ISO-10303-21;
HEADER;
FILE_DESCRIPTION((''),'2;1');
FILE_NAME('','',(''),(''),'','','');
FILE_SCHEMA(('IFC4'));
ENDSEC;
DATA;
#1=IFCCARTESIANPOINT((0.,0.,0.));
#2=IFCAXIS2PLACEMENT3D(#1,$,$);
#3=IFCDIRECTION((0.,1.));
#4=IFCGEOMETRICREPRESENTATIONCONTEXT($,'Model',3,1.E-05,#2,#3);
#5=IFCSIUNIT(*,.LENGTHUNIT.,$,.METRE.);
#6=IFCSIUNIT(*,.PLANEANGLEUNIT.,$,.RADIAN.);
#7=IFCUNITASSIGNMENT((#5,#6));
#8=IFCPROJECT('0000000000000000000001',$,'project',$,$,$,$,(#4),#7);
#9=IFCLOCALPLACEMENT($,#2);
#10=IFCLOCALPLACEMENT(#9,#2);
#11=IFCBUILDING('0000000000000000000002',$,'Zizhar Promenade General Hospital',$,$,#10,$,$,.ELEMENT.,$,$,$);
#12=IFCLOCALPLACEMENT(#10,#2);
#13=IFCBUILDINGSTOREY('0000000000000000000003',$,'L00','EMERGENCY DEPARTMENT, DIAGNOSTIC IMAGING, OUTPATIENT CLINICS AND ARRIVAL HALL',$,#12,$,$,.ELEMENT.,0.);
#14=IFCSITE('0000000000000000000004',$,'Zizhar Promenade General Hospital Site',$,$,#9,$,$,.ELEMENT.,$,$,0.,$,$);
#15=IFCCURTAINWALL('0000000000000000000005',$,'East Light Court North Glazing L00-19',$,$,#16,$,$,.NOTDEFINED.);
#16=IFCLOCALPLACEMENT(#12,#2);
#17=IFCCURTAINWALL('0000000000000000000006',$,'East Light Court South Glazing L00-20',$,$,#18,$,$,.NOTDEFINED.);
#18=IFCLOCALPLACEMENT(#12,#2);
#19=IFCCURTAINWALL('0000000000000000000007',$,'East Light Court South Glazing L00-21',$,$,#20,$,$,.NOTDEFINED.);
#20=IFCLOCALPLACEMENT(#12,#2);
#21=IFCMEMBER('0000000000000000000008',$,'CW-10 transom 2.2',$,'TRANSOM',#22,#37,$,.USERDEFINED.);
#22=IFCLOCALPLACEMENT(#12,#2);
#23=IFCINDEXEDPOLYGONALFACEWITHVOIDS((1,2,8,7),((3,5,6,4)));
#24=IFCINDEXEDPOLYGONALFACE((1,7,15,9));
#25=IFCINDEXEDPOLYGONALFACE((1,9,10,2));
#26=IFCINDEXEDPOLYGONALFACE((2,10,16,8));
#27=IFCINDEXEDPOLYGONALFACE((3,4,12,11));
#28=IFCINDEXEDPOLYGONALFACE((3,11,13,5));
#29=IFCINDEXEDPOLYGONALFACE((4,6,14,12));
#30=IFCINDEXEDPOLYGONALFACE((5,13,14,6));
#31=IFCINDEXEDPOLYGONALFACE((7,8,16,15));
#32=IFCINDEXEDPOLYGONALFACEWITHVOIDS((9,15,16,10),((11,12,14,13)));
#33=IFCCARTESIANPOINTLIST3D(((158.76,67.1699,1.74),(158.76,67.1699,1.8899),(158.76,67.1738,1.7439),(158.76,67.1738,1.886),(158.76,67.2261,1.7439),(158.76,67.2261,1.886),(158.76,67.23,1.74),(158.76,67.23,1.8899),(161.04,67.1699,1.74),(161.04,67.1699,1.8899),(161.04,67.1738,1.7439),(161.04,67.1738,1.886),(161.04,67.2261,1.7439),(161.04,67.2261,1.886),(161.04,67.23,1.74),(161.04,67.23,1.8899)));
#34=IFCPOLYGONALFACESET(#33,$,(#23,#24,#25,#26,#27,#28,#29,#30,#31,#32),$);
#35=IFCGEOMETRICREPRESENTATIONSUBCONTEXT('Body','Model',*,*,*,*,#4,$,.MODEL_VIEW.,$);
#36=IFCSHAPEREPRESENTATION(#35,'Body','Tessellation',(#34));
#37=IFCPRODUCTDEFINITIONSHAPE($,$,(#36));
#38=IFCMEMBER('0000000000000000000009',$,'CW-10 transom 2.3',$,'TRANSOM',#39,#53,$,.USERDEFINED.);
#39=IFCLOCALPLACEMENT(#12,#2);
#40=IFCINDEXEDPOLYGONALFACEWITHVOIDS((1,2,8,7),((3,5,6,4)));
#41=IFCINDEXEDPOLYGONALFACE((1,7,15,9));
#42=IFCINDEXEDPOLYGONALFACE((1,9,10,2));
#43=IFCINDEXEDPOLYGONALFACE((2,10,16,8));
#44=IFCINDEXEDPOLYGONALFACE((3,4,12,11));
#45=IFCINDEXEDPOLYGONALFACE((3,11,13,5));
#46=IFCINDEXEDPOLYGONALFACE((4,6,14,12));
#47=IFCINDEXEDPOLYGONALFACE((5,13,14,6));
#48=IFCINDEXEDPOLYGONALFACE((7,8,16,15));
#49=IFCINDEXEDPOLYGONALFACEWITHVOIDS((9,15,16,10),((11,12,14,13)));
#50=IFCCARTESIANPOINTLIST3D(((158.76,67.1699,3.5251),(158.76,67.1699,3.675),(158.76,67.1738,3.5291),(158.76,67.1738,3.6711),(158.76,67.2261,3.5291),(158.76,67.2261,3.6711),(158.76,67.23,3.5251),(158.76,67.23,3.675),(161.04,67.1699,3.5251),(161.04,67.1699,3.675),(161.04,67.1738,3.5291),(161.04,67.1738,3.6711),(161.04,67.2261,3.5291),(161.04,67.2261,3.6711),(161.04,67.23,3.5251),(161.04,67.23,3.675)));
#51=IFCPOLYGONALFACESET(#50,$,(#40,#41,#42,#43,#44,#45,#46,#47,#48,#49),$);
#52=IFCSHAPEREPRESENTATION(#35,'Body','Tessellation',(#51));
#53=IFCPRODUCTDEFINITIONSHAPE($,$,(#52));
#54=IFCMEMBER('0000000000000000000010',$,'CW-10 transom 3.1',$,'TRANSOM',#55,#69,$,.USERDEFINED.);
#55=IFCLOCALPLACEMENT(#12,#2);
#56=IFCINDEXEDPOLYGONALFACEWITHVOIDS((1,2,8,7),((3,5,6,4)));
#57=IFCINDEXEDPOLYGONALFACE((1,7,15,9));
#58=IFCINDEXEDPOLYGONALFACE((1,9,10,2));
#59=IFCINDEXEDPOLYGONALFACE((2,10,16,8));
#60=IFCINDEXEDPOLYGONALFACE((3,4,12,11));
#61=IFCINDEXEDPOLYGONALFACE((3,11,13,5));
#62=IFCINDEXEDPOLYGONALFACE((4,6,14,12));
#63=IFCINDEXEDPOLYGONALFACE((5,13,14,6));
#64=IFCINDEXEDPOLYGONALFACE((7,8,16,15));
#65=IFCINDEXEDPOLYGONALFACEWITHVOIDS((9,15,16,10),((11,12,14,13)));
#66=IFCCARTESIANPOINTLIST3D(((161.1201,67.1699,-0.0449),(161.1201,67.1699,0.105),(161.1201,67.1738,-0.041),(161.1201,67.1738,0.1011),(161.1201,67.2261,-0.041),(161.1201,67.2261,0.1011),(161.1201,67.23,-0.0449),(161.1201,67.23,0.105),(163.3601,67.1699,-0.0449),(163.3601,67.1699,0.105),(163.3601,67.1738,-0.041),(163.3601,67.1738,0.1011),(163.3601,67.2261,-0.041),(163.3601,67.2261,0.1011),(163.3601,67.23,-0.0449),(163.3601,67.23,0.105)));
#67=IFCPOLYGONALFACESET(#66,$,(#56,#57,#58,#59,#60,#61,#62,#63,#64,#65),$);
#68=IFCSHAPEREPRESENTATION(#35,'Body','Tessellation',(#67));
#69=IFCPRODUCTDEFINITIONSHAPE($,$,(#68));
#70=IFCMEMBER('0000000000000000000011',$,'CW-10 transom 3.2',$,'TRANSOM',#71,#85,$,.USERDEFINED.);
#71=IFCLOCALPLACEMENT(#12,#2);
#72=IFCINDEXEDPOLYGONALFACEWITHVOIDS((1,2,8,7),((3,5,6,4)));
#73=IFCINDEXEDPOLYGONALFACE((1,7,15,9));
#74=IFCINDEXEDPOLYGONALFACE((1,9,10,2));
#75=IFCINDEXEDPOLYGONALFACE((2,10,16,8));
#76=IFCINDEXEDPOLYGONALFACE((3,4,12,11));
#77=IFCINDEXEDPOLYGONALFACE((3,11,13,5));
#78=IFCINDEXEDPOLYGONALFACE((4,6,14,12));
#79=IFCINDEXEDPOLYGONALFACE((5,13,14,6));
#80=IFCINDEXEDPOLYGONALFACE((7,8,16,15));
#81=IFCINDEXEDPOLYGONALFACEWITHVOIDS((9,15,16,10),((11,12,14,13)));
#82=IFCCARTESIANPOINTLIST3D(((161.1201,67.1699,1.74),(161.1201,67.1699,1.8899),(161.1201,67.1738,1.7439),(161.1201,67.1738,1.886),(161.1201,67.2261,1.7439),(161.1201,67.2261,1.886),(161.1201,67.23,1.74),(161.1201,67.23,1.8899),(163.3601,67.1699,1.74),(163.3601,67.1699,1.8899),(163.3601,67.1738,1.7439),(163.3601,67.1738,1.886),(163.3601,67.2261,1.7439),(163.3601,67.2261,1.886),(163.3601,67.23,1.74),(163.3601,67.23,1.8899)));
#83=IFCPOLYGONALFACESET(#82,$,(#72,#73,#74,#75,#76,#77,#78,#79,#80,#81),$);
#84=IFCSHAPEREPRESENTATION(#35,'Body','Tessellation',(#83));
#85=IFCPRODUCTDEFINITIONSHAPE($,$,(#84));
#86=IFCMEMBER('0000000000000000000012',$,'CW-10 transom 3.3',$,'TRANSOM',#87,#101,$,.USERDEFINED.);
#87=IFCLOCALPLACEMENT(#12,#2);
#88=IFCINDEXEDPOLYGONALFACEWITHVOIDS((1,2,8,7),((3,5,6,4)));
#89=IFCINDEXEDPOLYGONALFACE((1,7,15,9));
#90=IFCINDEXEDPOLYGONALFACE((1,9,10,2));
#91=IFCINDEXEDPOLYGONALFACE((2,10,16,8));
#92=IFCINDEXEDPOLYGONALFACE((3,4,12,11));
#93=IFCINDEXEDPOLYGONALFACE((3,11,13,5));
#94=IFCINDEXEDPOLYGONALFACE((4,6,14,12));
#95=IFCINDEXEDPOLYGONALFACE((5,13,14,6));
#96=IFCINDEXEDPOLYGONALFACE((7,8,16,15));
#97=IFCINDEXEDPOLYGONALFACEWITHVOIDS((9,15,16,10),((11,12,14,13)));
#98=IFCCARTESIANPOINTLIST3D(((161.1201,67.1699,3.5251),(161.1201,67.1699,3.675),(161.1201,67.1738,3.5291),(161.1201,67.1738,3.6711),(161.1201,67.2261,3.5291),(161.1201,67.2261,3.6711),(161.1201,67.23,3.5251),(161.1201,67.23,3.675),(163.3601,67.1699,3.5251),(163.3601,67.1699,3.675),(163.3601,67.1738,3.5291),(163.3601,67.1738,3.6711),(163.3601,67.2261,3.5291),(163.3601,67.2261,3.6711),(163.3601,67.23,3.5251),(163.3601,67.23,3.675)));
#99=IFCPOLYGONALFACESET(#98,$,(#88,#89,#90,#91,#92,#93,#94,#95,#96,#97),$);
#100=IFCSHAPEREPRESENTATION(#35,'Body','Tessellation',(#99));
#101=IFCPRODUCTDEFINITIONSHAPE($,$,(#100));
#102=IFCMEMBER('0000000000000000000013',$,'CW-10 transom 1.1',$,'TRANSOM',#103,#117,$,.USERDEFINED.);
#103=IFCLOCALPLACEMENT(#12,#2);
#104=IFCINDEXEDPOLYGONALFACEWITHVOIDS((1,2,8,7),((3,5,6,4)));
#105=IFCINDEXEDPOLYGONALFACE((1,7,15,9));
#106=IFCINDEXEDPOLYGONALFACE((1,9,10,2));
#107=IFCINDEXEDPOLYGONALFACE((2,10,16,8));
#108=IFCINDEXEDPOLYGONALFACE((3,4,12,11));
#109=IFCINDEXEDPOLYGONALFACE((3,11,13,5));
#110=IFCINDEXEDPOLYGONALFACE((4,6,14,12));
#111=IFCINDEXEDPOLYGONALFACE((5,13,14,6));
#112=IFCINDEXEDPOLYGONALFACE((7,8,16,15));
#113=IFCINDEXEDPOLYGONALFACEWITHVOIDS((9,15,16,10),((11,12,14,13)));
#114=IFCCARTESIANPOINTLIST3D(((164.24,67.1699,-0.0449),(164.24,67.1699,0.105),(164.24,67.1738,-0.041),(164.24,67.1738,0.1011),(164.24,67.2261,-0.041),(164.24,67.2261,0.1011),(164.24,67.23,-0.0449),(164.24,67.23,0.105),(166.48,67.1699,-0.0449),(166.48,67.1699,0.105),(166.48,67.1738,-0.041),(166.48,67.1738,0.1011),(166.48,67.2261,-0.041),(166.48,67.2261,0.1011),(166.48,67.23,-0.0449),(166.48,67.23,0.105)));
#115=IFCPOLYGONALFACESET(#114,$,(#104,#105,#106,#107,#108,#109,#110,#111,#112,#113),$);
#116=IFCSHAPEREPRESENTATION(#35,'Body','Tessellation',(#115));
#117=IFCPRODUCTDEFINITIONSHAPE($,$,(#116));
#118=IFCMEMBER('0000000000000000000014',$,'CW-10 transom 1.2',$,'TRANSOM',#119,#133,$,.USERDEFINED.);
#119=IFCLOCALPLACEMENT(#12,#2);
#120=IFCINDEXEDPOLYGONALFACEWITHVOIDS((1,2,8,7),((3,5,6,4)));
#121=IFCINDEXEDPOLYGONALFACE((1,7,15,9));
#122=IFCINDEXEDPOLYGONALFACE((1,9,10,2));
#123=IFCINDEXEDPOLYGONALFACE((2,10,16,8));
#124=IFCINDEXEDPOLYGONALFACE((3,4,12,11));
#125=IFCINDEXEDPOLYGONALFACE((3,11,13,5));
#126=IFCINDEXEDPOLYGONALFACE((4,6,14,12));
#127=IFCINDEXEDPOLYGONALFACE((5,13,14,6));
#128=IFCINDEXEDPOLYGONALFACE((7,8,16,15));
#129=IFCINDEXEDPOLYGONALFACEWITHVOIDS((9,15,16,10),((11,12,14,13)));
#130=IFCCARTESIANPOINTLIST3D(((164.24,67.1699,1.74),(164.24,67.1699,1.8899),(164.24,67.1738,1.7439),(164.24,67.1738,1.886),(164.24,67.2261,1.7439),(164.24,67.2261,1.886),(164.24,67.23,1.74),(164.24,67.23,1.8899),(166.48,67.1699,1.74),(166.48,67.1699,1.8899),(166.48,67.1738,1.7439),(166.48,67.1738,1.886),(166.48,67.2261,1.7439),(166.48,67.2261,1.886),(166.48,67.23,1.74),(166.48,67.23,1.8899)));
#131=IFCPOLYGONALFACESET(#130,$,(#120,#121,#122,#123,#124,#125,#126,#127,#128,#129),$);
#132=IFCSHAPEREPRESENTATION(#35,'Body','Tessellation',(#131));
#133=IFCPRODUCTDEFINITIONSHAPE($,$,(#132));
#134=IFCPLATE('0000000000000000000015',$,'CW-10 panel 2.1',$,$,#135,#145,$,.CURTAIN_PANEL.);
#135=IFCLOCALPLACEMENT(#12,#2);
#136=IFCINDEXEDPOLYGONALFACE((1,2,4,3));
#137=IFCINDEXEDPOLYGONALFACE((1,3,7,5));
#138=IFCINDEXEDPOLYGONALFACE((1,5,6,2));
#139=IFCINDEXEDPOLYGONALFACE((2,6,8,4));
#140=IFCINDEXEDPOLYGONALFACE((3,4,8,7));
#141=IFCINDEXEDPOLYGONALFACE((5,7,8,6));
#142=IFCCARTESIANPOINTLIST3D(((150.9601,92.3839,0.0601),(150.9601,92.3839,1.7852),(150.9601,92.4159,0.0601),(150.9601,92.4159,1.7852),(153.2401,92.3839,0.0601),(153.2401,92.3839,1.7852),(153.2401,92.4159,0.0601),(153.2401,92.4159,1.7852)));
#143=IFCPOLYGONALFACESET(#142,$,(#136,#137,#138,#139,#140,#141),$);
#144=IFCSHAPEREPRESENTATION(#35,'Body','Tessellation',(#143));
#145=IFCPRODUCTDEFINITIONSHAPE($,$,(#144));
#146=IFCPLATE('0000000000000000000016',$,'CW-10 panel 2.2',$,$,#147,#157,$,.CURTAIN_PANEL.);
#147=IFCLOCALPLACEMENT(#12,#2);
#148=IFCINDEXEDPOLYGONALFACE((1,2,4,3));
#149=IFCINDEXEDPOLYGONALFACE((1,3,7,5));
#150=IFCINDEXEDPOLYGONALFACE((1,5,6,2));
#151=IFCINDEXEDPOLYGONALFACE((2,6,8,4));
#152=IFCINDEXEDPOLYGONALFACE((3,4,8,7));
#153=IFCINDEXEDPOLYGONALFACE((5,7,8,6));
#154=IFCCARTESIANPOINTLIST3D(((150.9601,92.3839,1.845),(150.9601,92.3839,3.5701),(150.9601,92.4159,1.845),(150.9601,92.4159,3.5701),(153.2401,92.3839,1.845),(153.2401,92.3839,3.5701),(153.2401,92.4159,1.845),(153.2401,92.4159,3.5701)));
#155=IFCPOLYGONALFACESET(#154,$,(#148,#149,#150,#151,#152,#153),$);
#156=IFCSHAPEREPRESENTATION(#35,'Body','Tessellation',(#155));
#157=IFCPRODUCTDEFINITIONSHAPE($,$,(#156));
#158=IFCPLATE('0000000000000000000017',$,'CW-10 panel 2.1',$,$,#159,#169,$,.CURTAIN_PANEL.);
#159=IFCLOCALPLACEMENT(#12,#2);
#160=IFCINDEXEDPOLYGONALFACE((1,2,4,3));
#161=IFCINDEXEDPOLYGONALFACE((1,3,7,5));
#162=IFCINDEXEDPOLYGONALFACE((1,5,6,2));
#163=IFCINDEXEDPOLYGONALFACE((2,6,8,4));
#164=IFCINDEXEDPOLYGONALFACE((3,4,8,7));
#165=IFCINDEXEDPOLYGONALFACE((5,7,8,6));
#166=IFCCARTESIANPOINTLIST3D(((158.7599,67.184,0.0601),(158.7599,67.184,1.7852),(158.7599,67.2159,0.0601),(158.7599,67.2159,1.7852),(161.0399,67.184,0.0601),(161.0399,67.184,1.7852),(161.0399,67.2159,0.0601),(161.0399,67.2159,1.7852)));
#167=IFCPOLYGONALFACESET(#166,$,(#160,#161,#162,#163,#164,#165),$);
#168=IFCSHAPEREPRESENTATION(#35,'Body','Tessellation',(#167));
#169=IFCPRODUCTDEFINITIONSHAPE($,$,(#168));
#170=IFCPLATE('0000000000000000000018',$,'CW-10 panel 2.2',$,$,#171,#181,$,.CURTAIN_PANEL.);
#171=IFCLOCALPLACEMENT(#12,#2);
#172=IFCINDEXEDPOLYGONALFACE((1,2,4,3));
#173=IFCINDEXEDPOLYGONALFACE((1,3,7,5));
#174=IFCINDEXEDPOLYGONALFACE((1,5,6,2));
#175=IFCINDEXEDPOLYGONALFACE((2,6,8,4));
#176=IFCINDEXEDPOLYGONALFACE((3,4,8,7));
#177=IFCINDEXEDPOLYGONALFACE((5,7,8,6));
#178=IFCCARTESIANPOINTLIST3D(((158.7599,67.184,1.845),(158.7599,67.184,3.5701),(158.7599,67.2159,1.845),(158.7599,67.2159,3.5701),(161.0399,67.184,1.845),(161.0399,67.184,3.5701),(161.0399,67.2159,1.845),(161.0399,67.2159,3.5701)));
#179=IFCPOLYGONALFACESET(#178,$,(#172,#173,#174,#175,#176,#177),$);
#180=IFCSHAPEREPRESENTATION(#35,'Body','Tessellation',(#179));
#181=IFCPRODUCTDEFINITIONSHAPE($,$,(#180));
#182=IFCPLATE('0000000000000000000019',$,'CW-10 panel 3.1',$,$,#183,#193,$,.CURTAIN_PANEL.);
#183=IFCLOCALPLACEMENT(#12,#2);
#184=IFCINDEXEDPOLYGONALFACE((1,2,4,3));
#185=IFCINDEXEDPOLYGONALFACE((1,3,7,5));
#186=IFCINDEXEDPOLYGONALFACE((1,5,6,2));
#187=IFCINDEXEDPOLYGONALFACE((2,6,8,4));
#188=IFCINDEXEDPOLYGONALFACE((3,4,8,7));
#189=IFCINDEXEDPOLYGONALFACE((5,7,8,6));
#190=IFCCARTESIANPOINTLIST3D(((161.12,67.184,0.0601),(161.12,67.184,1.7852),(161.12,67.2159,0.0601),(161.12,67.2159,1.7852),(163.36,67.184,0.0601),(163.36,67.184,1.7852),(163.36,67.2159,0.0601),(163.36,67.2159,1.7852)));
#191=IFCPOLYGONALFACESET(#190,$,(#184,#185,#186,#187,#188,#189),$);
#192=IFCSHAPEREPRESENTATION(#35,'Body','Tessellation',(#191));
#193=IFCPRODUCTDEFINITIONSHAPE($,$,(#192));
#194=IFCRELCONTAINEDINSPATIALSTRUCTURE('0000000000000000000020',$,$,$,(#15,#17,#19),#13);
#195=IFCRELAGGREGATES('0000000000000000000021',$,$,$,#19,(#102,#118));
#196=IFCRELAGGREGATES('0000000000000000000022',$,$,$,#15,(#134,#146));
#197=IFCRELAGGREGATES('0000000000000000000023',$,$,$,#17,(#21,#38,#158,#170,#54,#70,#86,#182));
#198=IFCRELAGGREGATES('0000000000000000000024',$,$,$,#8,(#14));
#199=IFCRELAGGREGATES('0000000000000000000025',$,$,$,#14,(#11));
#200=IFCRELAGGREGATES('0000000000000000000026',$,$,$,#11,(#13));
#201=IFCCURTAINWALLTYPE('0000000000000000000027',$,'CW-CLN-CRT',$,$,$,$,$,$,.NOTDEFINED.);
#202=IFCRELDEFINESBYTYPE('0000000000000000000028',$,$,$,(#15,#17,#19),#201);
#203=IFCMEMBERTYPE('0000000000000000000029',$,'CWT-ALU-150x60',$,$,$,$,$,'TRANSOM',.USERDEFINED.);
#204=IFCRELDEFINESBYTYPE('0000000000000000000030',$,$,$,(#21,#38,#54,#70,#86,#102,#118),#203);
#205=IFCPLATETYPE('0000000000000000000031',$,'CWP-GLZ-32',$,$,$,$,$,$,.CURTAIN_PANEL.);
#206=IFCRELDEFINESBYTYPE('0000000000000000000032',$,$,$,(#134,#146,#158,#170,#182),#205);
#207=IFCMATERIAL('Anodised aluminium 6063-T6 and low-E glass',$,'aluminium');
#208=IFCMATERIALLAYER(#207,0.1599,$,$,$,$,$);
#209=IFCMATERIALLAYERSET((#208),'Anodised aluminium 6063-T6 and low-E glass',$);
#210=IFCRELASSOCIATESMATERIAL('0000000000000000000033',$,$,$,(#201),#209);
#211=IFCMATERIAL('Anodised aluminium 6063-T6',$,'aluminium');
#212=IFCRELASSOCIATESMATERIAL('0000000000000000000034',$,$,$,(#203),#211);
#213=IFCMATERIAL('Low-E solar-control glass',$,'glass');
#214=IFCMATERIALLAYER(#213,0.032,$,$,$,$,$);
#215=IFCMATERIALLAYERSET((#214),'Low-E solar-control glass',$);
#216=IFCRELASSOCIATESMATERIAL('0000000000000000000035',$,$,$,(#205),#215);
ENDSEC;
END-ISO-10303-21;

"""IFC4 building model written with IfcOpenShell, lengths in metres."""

from ifc_helpers import new_model, si_unit, direction, frame, origin, origin_2d, place, context, subcontext, project, spatial, rectangle, hollow_rectangle, extrude, material, layer, layer_set, material_profile, profile_set, type_object, element, aggregate, save


model = new_model("IFC4")

# Units and contexts
model_context = context("Model", 3, precision=1e-05, world=origin(), true_north=direction((0.0, 1.0)))
body_context = subcontext(model_context, "Body", "Model", "MODEL_VIEW")
ifc_project = project(units=[si_unit("LENGTHUNIT", "METRE"), si_unit("PLANEANGLEUNIT", "RADIAN")], contexts=[model_context])

# Site, building, storey
site_placement = place(None, origin())
site = spatial("IfcSite", under=ifc_project, at=site_placement, Name="Zizhar Promenade General Hospital Site", CompositionType="ELEMENT", RefElevation=0.0)
building_placement = place(site_placement, origin())
building = spatial("IfcBuilding", under=site, at=building_placement, Name="Zizhar Promenade General Hospital", CompositionType="ELEMENT")
storey_placement = place(building_placement, origin())
storey = spatial("IfcBuildingStorey", under=building, at=storey_placement, Name="L00", Description="EMERGENCY DEPARTMENT, DIAGNOSTIC IMAGING, OUTPATIENT CLINICS AND ARRIVAL HALL", CompositionType="ELEMENT", Elevation=0.0)

# Curtain wall
ifc_material_1 = material(Name="Anodised aluminium 6063-T6 and low-E glass", Category="aluminium")
ifc_layer_1 = layer(ifc_material_1, 0.1599)
ifc_layer_set_1 = layer_set([ifc_layer_1], Name="Anodised aluminium 6063-T6 and low-E glass")
curtain_wall_type = type_object("IfcCurtainWallType", Name="CW-CLN-CRT", PredefinedType="NOTDEFINED", material=ifc_layer_set_1)
curtain_wall_1_placement = place(storey_placement, origin())
curtain_wall_1 = element("IfcCurtainWall", 1, at=curtain_wall_1_placement, inside=storey, type_object=curtain_wall_type, Name="East Light Court North Glazing L00-19", PredefinedType="NOTDEFINED")

# Curtain wall
curtain_wall_2_placement = place(storey_placement, origin())
curtain_wall_2 = element("IfcCurtainWall", 2, at=curtain_wall_2_placement, inside=storey, type_object=curtain_wall_type, Name="East Light Court South Glazing L00-20", PredefinedType="NOTDEFINED")

# Curtain wall
curtain_wall_3_placement = place(storey_placement, origin())
curtain_wall_3 = element("IfcCurtainWall", 3, at=curtain_wall_3_placement, inside=storey, type_object=curtain_wall_type, Name="East Light Court South Glazing L00-21", PredefinedType="NOTDEFINED")

# Members
ifc_material_2 = material(Name="Anodised aluminium 6063-T6", Category="aluminium")
ifc_material_profile_1 = material_profile(ifc_material_2, hollow_rectangle(XDim=0.0601, YDim=0.1499, WallThickness=0.0039, at=origin_2d()))
ifc_profile_set_1 = profile_set([ifc_material_profile_1], Name="Anodised aluminium 6063-T6")
member_type_1 = type_object("IfcMemberType", Name="CWT-ALU-150x60", ElementType="TRANSOM", PredefinedType="USERDEFINED", material=ifc_profile_set_1)
member_1_placement = place(storey_placement, frame((158.76, 67.2, 1.8149), z_axis=(1.0, 0.0, 0.0), x_axis=(0.0, 1.0, 0.0)))
member_1 = element("IfcMember", 4, at=member_1_placement, type_object=member_type_1, Name="CW-10 transom 2.2", ObjectType="TRANSOM", PredefinedType="USERDEFINED", context=body_context, shape_type="SweptSolid", body=[
    extrude(hollow_rectangle(XDim=0.0601, YDim=0.1499, WallThickness=0.0039, at=origin_2d()), origin(), (0.0, 0.0, 1.0), 2.28),
])
member_2_placement = place(storey_placement, frame((158.76, 67.2, 3.6001), z_axis=(1.0, 0.0, 0.0), x_axis=(0.0, 1.0, 0.0)))
member_2 = element("IfcMember", 5, at=member_2_placement, type_object=member_type_1, Name="CW-10 transom 2.3", ObjectType="TRANSOM", PredefinedType="USERDEFINED", context=body_context, shape_type="SweptSolid", body=[
    extrude(hollow_rectangle(XDim=0.0601, YDim=0.1499, WallThickness=0.0039, at=origin_2d()), origin(), (0.0, 0.0, 1.0), 2.28),
])
member_3_placement = place(storey_placement, frame((161.1201, 67.2, 0.03), z_axis=(1.0, 0.0, 0.0), x_axis=(0.0, 1.0, 0.0)))
member_3 = element("IfcMember", 6, at=member_3_placement, type_object=member_type_1, Name="CW-10 transom 3.1", ObjectType="TRANSOM", PredefinedType="USERDEFINED", context=body_context, shape_type="SweptSolid", body=[
    extrude(hollow_rectangle(XDim=0.0601, YDim=0.1499, WallThickness=0.0039, at=origin_2d()), origin(), (0.0, 0.0, 1.0), 2.24),
])
member_4_placement = place(storey_placement, frame((161.1201, 67.2, 1.8149), z_axis=(1.0, 0.0, 0.0), x_axis=(0.0, 1.0, 0.0)))
member_4 = element("IfcMember", 7, at=member_4_placement, type_object=member_type_1, Name="CW-10 transom 3.2", ObjectType="TRANSOM", PredefinedType="USERDEFINED", context=body_context, shape_type="SweptSolid", body=[
    extrude(hollow_rectangle(XDim=0.0601, YDim=0.1499, WallThickness=0.0039, at=origin_2d()), origin(), (0.0, 0.0, 1.0), 2.24),
])
member_5_placement = place(storey_placement, frame((161.1201, 67.2, 3.6001), z_axis=(1.0, 0.0, 0.0), x_axis=(0.0, 1.0, 0.0)))
member_5 = element("IfcMember", 8, at=member_5_placement, type_object=member_type_1, Name="CW-10 transom 3.3", ObjectType="TRANSOM", PredefinedType="USERDEFINED", context=body_context, shape_type="SweptSolid", body=[
    extrude(hollow_rectangle(XDim=0.0601, YDim=0.1499, WallThickness=0.0039, at=origin_2d()), origin(), (0.0, 0.0, 1.0), 2.24),
])
member_6_placement = place(storey_placement, frame((164.24, 67.2, 0.03), z_axis=(1.0, 0.0, 0.0), x_axis=(0.0, 1.0, 0.0)))
member_6 = element("IfcMember", 9, at=member_6_placement, type_object=member_type_1, Name="CW-10 transom 1.1", ObjectType="TRANSOM", PredefinedType="USERDEFINED", context=body_context, shape_type="SweptSolid", body=[
    extrude(hollow_rectangle(XDim=0.0601, YDim=0.1499, WallThickness=0.0039, at=origin_2d()), origin(), (0.0, 0.0, 1.0), 2.24),
])
member_7_placement = place(storey_placement, frame((164.24, 67.2, 1.8149), z_axis=(1.0, 0.0, 0.0), x_axis=(0.0, 1.0, 0.0)))
member_7 = element("IfcMember", 10, at=member_7_placement, type_object=member_type_1, Name="CW-10 transom 1.2", ObjectType="TRANSOM", PredefinedType="USERDEFINED", context=body_context, shape_type="SweptSolid", body=[
    extrude(hollow_rectangle(XDim=0.0601, YDim=0.1499, WallThickness=0.0039, at=origin_2d()), origin(), (0.0, 0.0, 1.0), 2.24),
])
aggregate(curtain_wall_3, [member_6, member_7])

# Plates
ifc_material_3 = material(Name="Low-E solar-control glass", Category="glass")
ifc_layer_2 = layer(ifc_material_3, 0.032)
ifc_layer_set_2 = layer_set([ifc_layer_2], Name="Low-E solar-control glass")
plate_type = type_object("IfcPlateType", Name="CWP-GLZ-32", PredefinedType="CURTAIN_PANEL", material=ifc_layer_set_2)
plate_1_placement = place(storey_placement, frame((152.1001, 92.3999, 0.0601), z_axis=(0.0, 0.0, 1.0), x_axis=(-1.0, 0.0, 0.0)))
plate_1 = element("IfcPlate", 11, at=plate_1_placement, type_object=plate_type, Name="CW-10 panel 2.1", PredefinedType="CURTAIN_PANEL", context=body_context, shape_type="SweptSolid", body=[
    extrude(rectangle(XDim=2.28, YDim=0.032, at=origin_2d()), origin(), (0.0, 0.0, 1.0), 1.7251),
])
plate_2_placement = place(storey_placement, frame((152.1001, 92.3999, 1.845), z_axis=(0.0, 0.0, 1.0), x_axis=(-1.0, 0.0, 0.0)))
plate_2 = element("IfcPlate", 12, at=plate_2_placement, type_object=plate_type, Name="CW-10 panel 2.2", PredefinedType="CURTAIN_PANEL", context=body_context, shape_type="SweptSolid", body=[
    extrude(rectangle(XDim=2.28, YDim=0.032, at=origin_2d()), origin(), (0.0, 0.0, 1.0), 1.7251),
])
aggregate(curtain_wall_1, [plate_1, plate_2])
plate_3_placement = place(storey_placement, frame((159.8999, 67.2, 0.0601), z_axis=(0.0, 0.0, 1.0), x_axis=(1.0, 0.0, 0.0)))
plate_3 = element("IfcPlate", 13, at=plate_3_placement, type_object=plate_type, Name="CW-10 panel 2.1", PredefinedType="CURTAIN_PANEL", context=body_context, shape_type="SweptSolid", body=[
    extrude(rectangle(XDim=2.28, YDim=0.032, at=origin_2d()), origin(), (0.0, 0.0, 1.0), 1.7251),
])
plate_4_placement = place(storey_placement, frame((159.8999, 67.2, 1.845), z_axis=(0.0, 0.0, 1.0), x_axis=(1.0, 0.0, 0.0)))
plate_4 = element("IfcPlate", 14, at=plate_4_placement, type_object=plate_type, Name="CW-10 panel 2.2", PredefinedType="CURTAIN_PANEL", context=body_context, shape_type="SweptSolid", body=[
    extrude(rectangle(XDim=2.28, YDim=0.032, at=origin_2d()), origin(), (0.0, 0.0, 1.0), 1.7251),
])
plate_5_placement = place(storey_placement, frame((162.24, 67.2, 0.0601), z_axis=(0.0, 0.0, 1.0), x_axis=(1.0, 0.0, 0.0)))
plate_5 = element("IfcPlate", 15, at=plate_5_placement, type_object=plate_type, Name="CW-10 panel 3.1", PredefinedType="CURTAIN_PANEL", context=body_context, shape_type="SweptSolid", body=[
    extrude(rectangle(XDim=2.24, YDim=0.032, at=origin_2d()), origin(), (0.0, 0.0, 1.0), 1.7251),
])
aggregate(curtain_wall_2, [member_1, member_2, plate_3, plate_4, member_3, member_4, member_5, plate_5])

save(model, "model.ifc")
